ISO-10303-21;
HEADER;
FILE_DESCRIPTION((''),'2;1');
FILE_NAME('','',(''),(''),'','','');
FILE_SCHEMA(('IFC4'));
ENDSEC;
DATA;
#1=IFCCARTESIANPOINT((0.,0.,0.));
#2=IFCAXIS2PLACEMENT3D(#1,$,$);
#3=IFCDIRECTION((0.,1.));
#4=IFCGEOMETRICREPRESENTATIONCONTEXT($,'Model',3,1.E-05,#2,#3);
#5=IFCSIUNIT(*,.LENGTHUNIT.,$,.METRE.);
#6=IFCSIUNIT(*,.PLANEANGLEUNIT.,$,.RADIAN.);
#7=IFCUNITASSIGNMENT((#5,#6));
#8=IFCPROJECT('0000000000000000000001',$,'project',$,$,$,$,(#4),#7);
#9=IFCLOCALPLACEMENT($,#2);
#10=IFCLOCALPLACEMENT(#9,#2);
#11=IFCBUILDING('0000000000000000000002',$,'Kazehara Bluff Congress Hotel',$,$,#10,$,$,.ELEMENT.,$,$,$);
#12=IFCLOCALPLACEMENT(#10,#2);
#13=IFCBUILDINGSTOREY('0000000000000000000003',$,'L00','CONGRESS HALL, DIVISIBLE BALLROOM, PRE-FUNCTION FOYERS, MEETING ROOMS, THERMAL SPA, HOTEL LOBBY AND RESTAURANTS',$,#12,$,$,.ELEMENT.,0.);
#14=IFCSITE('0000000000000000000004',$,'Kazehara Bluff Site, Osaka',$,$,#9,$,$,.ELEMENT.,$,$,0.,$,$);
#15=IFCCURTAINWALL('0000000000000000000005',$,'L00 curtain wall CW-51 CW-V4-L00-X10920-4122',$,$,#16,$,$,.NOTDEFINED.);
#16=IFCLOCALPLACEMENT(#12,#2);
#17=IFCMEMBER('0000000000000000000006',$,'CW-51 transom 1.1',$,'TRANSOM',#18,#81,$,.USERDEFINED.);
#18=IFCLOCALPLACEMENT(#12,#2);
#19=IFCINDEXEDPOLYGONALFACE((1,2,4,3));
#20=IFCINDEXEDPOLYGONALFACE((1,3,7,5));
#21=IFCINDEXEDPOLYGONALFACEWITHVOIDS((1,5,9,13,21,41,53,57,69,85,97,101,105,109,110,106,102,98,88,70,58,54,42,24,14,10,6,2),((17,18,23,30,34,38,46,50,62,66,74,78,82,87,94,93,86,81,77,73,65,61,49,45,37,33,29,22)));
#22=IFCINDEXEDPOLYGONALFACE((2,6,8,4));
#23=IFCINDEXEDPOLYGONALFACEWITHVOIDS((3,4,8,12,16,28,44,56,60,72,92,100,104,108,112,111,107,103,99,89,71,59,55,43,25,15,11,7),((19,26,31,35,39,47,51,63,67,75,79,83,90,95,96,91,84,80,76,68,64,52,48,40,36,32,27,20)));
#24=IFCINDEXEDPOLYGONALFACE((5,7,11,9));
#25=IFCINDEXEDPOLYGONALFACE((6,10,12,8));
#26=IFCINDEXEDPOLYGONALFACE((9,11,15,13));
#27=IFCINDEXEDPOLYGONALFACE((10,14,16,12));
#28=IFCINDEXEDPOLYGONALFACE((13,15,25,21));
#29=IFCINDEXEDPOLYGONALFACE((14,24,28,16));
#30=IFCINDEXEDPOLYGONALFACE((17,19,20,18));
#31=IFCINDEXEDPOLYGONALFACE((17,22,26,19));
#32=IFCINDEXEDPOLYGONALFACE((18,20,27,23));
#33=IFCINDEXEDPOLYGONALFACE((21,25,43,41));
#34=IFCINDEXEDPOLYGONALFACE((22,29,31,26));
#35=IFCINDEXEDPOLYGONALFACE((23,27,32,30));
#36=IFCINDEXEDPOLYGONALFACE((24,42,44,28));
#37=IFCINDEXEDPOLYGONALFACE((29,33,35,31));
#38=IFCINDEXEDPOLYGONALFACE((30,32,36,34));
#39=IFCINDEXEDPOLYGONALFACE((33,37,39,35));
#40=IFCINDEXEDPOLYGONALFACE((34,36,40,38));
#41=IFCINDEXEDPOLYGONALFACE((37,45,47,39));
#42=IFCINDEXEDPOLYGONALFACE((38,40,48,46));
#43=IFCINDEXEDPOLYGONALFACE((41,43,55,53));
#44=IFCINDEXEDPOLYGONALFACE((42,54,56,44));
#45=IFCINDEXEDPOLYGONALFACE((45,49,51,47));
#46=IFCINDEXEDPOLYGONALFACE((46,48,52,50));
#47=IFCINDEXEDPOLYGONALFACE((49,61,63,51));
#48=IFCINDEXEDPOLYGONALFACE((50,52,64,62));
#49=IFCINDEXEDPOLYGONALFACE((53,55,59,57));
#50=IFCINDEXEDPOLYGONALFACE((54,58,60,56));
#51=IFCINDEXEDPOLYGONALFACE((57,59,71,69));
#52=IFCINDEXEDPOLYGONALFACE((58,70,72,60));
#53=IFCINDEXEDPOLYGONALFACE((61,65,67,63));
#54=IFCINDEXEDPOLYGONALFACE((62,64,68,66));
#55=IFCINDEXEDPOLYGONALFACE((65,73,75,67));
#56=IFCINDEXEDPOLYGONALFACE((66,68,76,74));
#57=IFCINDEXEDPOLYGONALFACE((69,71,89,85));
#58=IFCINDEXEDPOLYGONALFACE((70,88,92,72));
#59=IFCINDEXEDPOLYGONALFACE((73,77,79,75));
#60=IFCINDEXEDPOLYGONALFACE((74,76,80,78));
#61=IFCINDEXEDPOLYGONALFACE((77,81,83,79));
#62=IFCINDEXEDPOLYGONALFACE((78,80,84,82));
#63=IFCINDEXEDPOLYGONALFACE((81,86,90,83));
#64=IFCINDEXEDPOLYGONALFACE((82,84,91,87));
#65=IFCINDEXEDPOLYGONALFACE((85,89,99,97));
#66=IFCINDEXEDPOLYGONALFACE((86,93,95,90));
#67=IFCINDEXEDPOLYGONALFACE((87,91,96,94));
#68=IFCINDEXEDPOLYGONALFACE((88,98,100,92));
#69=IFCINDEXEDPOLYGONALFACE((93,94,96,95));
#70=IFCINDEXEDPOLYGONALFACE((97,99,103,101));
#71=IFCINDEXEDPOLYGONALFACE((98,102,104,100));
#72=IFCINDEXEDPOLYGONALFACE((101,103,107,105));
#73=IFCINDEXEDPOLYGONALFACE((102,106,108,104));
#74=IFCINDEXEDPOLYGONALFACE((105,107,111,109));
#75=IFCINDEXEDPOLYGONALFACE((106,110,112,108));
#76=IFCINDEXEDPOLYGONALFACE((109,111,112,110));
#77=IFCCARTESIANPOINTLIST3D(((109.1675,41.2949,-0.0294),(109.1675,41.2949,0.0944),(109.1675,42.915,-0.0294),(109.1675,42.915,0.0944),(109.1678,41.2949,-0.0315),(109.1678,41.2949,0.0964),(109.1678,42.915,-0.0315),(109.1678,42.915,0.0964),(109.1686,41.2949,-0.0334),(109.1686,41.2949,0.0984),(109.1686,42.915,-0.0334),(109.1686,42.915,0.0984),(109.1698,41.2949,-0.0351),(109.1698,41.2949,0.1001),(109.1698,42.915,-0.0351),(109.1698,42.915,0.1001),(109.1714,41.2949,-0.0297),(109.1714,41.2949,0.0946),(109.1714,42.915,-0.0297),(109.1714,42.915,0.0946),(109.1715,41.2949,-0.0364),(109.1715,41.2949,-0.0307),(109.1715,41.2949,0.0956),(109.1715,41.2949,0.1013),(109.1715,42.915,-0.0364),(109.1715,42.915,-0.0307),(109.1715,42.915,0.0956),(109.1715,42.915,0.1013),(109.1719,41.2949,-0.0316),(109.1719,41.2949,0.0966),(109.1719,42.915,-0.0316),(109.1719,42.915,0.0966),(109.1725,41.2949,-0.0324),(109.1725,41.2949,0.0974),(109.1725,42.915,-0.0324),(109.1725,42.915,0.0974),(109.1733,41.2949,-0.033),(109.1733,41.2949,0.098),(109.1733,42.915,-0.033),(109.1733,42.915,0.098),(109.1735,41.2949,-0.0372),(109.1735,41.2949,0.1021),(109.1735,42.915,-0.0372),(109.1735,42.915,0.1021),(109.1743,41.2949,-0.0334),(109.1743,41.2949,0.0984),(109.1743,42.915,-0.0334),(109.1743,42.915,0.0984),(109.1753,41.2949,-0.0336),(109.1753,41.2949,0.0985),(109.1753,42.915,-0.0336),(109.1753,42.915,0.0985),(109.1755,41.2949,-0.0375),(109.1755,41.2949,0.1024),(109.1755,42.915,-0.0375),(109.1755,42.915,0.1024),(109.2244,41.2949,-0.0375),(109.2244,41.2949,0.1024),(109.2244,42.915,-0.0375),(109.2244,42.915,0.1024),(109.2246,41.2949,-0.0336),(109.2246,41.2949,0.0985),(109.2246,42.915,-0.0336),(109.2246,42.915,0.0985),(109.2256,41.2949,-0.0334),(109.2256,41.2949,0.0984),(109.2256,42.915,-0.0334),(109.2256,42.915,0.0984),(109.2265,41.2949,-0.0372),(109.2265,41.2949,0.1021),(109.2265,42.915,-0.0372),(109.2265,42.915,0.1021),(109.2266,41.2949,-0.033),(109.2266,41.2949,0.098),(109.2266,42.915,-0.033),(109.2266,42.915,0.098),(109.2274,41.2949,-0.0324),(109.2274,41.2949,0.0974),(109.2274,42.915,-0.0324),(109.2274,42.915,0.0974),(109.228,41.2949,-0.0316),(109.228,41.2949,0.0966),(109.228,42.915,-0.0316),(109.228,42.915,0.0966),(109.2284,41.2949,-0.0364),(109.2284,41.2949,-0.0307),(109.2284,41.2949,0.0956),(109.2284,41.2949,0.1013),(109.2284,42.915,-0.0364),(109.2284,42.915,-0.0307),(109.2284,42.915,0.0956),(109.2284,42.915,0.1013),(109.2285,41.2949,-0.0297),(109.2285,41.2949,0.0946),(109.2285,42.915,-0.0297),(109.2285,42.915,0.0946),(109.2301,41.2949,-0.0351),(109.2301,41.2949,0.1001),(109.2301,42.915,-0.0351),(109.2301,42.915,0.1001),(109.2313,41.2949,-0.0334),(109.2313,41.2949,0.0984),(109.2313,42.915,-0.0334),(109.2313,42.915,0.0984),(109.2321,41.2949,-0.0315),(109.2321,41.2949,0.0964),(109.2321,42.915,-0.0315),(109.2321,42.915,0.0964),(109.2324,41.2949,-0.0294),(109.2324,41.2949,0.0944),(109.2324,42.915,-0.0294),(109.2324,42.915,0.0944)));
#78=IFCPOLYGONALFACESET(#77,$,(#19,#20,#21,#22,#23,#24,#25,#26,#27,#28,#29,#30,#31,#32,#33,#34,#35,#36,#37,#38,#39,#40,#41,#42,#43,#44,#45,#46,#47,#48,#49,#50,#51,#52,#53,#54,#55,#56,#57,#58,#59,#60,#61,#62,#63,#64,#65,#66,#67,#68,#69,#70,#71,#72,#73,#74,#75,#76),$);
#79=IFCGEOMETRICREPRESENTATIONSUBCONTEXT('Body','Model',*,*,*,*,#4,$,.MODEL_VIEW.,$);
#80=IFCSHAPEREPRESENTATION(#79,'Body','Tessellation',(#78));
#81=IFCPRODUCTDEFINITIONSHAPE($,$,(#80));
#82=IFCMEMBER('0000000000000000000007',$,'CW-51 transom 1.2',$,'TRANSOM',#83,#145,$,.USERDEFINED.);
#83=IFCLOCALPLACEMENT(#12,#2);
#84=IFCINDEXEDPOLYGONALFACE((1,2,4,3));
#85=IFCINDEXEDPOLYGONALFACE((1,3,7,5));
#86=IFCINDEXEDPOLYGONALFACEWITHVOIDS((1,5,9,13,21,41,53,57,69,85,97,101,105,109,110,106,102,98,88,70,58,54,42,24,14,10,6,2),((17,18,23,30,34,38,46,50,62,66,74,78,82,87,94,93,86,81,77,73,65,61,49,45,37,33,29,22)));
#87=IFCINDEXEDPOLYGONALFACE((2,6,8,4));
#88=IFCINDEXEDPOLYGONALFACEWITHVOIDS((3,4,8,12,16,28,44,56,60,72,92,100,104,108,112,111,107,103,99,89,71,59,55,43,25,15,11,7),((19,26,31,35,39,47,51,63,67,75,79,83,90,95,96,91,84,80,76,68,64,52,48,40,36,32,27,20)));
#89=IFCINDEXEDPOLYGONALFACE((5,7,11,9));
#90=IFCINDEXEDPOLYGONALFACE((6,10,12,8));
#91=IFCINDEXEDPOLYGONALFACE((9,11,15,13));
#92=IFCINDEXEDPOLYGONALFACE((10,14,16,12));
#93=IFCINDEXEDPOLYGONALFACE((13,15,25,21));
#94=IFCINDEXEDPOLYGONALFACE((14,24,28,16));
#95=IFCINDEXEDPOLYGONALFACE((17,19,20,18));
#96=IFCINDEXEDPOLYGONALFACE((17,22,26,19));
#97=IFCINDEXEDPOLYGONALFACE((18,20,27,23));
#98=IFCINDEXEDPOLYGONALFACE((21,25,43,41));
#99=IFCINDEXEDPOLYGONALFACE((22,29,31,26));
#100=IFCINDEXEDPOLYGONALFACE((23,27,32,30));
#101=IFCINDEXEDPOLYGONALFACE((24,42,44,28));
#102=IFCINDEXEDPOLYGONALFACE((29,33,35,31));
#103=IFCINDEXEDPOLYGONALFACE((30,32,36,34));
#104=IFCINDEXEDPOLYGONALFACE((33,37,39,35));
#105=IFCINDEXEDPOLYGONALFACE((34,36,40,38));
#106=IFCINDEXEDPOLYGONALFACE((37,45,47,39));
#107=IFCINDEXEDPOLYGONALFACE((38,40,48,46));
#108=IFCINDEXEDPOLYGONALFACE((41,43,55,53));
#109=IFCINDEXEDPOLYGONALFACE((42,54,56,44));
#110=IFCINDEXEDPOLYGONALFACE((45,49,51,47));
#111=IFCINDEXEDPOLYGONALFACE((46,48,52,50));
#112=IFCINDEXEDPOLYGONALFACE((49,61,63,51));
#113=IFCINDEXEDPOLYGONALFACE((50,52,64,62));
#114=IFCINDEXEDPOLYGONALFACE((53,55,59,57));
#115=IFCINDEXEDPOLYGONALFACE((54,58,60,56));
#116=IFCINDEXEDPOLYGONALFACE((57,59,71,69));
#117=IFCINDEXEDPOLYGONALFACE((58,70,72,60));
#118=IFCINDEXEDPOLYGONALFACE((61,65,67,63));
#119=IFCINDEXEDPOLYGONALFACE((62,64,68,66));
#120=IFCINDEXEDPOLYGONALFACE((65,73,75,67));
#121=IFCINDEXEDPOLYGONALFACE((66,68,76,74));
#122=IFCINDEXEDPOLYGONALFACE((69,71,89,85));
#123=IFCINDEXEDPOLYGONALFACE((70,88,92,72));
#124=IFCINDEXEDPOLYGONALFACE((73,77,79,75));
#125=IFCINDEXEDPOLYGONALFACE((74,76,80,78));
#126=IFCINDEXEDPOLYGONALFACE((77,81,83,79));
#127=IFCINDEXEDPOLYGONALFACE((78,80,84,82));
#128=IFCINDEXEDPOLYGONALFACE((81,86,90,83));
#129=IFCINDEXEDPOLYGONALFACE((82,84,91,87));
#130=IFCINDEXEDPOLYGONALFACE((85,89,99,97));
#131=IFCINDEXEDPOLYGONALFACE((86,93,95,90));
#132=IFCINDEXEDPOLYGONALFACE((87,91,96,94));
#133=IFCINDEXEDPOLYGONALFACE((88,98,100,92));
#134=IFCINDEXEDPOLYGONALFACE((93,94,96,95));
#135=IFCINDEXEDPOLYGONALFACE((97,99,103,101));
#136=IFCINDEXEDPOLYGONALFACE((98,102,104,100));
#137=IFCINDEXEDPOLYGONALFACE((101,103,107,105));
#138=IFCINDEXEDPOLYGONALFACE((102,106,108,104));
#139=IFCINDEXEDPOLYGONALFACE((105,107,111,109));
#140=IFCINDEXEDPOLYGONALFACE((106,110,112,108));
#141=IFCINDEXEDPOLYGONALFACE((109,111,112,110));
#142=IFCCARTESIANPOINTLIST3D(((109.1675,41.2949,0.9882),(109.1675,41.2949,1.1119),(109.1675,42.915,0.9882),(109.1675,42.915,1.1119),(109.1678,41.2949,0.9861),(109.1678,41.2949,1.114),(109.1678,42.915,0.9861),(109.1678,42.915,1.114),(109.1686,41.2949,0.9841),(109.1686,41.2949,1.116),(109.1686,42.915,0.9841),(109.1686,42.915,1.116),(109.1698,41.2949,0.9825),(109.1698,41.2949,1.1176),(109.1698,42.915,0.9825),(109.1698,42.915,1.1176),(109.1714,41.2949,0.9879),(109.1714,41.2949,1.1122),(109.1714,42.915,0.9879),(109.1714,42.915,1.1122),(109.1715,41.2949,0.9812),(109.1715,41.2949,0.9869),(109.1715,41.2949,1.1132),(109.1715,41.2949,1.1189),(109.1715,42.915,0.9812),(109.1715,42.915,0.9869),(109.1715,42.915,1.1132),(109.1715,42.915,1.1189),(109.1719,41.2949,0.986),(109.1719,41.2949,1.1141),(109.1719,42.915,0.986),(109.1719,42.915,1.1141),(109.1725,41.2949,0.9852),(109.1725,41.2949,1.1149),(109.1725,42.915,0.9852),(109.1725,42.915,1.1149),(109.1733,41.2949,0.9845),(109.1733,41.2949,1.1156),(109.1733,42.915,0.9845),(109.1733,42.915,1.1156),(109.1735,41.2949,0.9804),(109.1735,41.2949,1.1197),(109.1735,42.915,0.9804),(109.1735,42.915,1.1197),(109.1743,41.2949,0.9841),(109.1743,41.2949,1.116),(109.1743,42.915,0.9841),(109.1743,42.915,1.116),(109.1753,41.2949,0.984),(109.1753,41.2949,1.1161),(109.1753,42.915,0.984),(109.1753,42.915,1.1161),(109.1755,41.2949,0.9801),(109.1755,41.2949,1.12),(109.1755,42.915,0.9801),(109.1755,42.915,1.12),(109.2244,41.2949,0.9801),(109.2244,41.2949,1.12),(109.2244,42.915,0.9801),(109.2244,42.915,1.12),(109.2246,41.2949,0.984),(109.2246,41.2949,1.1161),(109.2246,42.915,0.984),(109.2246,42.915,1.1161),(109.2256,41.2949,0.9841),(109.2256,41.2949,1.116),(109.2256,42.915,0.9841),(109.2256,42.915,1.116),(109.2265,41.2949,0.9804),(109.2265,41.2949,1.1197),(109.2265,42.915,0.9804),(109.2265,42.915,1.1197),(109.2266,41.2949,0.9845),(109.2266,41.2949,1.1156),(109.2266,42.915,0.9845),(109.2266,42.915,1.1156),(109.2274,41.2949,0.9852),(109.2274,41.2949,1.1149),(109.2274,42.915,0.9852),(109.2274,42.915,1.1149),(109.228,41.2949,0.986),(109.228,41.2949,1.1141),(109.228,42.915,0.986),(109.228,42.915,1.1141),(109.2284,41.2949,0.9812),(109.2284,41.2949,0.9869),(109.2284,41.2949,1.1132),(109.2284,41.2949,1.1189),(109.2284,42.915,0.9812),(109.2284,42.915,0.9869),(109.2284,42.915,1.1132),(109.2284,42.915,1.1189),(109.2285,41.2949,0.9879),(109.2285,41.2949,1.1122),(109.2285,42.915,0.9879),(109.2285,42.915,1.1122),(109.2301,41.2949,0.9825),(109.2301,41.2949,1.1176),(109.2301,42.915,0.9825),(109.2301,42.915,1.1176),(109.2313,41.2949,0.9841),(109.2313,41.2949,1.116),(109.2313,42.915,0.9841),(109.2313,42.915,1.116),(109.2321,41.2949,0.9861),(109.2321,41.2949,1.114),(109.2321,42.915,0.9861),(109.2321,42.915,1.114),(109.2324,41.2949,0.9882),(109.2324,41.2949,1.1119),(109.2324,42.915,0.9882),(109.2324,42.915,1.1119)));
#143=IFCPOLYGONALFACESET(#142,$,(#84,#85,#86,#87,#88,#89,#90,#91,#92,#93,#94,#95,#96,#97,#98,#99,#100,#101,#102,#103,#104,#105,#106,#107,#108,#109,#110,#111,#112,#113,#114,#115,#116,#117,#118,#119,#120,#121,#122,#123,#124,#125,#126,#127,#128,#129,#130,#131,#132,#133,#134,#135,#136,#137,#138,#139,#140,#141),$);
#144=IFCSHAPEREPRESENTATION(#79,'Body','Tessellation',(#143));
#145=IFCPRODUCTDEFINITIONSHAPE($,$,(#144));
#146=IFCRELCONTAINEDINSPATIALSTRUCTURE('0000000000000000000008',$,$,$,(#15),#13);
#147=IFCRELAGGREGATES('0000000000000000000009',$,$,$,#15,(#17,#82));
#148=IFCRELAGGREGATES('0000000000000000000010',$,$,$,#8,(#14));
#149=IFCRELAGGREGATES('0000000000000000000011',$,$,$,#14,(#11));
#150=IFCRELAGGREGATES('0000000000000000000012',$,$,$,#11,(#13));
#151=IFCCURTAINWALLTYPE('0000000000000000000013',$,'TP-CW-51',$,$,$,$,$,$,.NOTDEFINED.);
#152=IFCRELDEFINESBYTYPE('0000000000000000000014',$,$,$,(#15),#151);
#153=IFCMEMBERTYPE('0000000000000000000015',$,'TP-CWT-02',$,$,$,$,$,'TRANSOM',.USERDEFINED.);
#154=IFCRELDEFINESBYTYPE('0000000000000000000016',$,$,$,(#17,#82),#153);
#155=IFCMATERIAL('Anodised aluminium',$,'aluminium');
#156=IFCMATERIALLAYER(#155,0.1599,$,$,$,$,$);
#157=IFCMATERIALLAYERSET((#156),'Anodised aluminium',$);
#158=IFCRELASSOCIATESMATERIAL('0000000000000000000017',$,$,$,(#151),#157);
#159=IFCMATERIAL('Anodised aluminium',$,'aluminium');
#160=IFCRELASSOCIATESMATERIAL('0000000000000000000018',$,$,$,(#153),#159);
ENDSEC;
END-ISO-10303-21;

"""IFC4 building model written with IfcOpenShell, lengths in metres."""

from ifc_helpers import new_model, si_unit, direction, frame, origin, origin_2d, place, context, subcontext, project, spatial, hollow_rectangle, extrude, material, layer, layer_set, material_profile, profile_set, type_object, element, aggregate, save


model = new_model("IFC4")

# Units and contexts
model_context = context("Model", 3, precision=1e-05, world=origin(), true_north=direction((0.0, 1.0)))
body_context = subcontext(model_context, "Body", "Model", "MODEL_VIEW")
ifc_project = project(units=[si_unit("LENGTHUNIT", "METRE"), si_unit("PLANEANGLEUNIT", "RADIAN")], contexts=[model_context])

# Site, building, storey
site_placement = place(None, origin())
site = spatial("IfcSite", under=ifc_project, at=site_placement, Name="Kazehara Bluff Site, Osaka", CompositionType="ELEMENT", RefElevation=0.0)
building_placement = place(site_placement, origin())
building = spatial("IfcBuilding", under=site, at=building_placement, Name="Kazehara Bluff Congress Hotel", CompositionType="ELEMENT")
storey_placement = place(building_placement, origin())
storey = spatial("IfcBuildingStorey", under=building, at=storey_placement, Name="L00", Description="CONGRESS HALL, DIVISIBLE BALLROOM, PRE-FUNCTION FOYERS, MEETING ROOMS, THERMAL SPA, HOTEL LOBBY AND RESTAURANTS", CompositionType="ELEMENT", Elevation=0.0)

# Curtain wall
ifc_material_1 = material(Name="Anodised aluminium", Category="aluminium")
ifc_layer_1 = layer(ifc_material_1, 0.1599)
ifc_layer_set_1 = layer_set([ifc_layer_1], Name="Anodised aluminium")
curtain_wall_type_1 = type_object("IfcCurtainWallType", Name="TP-CW-51", PredefinedType="NOTDEFINED", material=ifc_layer_set_1)
curtain_wall_1_placement = place(storey_placement, origin())
curtain_wall_1 = element("IfcCurtainWall", 1, at=curtain_wall_1_placement, inside=storey, type_object=curtain_wall_type_1, Name="L00 curtain wall CW-51 CW-V4-L00-X10920-4122", PredefinedType="NOTDEFINED")

# Members
ifc_material_2 = material(Name="Anodised aluminium", Category="aluminium")
ifc_material_profile_1 = material_profile(ifc_material_2, hollow_rectangle(XDim=0.0649, YDim=0.1399, WallThickness=0.0039, InnerFilletRadius=0.0039, OuterFilletRadius=0.0081, at=origin_2d()))
ifc_profile_set_1 = profile_set([ifc_material_profile_1], Name="Anodised aluminium")
member_type_1 = type_object("IfcMemberType", Name="TP-CWT-02", ElementType="TRANSOM", PredefinedType="USERDEFINED", material=ifc_profile_set_1)
member_1_placement = place(storey_placement, frame((109.2, 41.2949, 0.0325), z_axis=(0.0, 1.0, 0.0), x_axis=(-1.0, 0.0, 0.0)))
member_1 = element("IfcMember", 2, at=member_1_placement, type_object=member_type_1, Name="CW-51 transom 1.1", ObjectType="TRANSOM", PredefinedType="USERDEFINED", context=body_context, shape_type="SweptSolid", body=[
    extrude(hollow_rectangle(XDim=0.0649, YDim=0.1399, WallThickness=0.0039, InnerFilletRadius=0.0039, OuterFilletRadius=0.0081, at=origin_2d()), origin(), (0.0, 0.0, 1.0), 1.6201),
])
member_2_placement = place(storey_placement, frame((109.2, 41.2949, 1.05), z_axis=(0.0, 1.0, 0.0), x_axis=(-1.0, 0.0, 0.0)))
member_2 = element("IfcMember", 3, at=member_2_placement, type_object=member_type_1, Name="CW-51 transom 1.2", ObjectType="TRANSOM", PredefinedType="USERDEFINED", context=body_context, shape_type="SweptSolid", body=[
    extrude(hollow_rectangle(XDim=0.0649, YDim=0.1399, WallThickness=0.0039, InnerFilletRadius=0.0039, OuterFilletRadius=0.0081, at=origin_2d()), origin(), (0.0, 0.0, 1.0), 1.6201),
])

aggregate(curtain_wall_1, [member_1, member_2])

save(model, "model.ifc")
